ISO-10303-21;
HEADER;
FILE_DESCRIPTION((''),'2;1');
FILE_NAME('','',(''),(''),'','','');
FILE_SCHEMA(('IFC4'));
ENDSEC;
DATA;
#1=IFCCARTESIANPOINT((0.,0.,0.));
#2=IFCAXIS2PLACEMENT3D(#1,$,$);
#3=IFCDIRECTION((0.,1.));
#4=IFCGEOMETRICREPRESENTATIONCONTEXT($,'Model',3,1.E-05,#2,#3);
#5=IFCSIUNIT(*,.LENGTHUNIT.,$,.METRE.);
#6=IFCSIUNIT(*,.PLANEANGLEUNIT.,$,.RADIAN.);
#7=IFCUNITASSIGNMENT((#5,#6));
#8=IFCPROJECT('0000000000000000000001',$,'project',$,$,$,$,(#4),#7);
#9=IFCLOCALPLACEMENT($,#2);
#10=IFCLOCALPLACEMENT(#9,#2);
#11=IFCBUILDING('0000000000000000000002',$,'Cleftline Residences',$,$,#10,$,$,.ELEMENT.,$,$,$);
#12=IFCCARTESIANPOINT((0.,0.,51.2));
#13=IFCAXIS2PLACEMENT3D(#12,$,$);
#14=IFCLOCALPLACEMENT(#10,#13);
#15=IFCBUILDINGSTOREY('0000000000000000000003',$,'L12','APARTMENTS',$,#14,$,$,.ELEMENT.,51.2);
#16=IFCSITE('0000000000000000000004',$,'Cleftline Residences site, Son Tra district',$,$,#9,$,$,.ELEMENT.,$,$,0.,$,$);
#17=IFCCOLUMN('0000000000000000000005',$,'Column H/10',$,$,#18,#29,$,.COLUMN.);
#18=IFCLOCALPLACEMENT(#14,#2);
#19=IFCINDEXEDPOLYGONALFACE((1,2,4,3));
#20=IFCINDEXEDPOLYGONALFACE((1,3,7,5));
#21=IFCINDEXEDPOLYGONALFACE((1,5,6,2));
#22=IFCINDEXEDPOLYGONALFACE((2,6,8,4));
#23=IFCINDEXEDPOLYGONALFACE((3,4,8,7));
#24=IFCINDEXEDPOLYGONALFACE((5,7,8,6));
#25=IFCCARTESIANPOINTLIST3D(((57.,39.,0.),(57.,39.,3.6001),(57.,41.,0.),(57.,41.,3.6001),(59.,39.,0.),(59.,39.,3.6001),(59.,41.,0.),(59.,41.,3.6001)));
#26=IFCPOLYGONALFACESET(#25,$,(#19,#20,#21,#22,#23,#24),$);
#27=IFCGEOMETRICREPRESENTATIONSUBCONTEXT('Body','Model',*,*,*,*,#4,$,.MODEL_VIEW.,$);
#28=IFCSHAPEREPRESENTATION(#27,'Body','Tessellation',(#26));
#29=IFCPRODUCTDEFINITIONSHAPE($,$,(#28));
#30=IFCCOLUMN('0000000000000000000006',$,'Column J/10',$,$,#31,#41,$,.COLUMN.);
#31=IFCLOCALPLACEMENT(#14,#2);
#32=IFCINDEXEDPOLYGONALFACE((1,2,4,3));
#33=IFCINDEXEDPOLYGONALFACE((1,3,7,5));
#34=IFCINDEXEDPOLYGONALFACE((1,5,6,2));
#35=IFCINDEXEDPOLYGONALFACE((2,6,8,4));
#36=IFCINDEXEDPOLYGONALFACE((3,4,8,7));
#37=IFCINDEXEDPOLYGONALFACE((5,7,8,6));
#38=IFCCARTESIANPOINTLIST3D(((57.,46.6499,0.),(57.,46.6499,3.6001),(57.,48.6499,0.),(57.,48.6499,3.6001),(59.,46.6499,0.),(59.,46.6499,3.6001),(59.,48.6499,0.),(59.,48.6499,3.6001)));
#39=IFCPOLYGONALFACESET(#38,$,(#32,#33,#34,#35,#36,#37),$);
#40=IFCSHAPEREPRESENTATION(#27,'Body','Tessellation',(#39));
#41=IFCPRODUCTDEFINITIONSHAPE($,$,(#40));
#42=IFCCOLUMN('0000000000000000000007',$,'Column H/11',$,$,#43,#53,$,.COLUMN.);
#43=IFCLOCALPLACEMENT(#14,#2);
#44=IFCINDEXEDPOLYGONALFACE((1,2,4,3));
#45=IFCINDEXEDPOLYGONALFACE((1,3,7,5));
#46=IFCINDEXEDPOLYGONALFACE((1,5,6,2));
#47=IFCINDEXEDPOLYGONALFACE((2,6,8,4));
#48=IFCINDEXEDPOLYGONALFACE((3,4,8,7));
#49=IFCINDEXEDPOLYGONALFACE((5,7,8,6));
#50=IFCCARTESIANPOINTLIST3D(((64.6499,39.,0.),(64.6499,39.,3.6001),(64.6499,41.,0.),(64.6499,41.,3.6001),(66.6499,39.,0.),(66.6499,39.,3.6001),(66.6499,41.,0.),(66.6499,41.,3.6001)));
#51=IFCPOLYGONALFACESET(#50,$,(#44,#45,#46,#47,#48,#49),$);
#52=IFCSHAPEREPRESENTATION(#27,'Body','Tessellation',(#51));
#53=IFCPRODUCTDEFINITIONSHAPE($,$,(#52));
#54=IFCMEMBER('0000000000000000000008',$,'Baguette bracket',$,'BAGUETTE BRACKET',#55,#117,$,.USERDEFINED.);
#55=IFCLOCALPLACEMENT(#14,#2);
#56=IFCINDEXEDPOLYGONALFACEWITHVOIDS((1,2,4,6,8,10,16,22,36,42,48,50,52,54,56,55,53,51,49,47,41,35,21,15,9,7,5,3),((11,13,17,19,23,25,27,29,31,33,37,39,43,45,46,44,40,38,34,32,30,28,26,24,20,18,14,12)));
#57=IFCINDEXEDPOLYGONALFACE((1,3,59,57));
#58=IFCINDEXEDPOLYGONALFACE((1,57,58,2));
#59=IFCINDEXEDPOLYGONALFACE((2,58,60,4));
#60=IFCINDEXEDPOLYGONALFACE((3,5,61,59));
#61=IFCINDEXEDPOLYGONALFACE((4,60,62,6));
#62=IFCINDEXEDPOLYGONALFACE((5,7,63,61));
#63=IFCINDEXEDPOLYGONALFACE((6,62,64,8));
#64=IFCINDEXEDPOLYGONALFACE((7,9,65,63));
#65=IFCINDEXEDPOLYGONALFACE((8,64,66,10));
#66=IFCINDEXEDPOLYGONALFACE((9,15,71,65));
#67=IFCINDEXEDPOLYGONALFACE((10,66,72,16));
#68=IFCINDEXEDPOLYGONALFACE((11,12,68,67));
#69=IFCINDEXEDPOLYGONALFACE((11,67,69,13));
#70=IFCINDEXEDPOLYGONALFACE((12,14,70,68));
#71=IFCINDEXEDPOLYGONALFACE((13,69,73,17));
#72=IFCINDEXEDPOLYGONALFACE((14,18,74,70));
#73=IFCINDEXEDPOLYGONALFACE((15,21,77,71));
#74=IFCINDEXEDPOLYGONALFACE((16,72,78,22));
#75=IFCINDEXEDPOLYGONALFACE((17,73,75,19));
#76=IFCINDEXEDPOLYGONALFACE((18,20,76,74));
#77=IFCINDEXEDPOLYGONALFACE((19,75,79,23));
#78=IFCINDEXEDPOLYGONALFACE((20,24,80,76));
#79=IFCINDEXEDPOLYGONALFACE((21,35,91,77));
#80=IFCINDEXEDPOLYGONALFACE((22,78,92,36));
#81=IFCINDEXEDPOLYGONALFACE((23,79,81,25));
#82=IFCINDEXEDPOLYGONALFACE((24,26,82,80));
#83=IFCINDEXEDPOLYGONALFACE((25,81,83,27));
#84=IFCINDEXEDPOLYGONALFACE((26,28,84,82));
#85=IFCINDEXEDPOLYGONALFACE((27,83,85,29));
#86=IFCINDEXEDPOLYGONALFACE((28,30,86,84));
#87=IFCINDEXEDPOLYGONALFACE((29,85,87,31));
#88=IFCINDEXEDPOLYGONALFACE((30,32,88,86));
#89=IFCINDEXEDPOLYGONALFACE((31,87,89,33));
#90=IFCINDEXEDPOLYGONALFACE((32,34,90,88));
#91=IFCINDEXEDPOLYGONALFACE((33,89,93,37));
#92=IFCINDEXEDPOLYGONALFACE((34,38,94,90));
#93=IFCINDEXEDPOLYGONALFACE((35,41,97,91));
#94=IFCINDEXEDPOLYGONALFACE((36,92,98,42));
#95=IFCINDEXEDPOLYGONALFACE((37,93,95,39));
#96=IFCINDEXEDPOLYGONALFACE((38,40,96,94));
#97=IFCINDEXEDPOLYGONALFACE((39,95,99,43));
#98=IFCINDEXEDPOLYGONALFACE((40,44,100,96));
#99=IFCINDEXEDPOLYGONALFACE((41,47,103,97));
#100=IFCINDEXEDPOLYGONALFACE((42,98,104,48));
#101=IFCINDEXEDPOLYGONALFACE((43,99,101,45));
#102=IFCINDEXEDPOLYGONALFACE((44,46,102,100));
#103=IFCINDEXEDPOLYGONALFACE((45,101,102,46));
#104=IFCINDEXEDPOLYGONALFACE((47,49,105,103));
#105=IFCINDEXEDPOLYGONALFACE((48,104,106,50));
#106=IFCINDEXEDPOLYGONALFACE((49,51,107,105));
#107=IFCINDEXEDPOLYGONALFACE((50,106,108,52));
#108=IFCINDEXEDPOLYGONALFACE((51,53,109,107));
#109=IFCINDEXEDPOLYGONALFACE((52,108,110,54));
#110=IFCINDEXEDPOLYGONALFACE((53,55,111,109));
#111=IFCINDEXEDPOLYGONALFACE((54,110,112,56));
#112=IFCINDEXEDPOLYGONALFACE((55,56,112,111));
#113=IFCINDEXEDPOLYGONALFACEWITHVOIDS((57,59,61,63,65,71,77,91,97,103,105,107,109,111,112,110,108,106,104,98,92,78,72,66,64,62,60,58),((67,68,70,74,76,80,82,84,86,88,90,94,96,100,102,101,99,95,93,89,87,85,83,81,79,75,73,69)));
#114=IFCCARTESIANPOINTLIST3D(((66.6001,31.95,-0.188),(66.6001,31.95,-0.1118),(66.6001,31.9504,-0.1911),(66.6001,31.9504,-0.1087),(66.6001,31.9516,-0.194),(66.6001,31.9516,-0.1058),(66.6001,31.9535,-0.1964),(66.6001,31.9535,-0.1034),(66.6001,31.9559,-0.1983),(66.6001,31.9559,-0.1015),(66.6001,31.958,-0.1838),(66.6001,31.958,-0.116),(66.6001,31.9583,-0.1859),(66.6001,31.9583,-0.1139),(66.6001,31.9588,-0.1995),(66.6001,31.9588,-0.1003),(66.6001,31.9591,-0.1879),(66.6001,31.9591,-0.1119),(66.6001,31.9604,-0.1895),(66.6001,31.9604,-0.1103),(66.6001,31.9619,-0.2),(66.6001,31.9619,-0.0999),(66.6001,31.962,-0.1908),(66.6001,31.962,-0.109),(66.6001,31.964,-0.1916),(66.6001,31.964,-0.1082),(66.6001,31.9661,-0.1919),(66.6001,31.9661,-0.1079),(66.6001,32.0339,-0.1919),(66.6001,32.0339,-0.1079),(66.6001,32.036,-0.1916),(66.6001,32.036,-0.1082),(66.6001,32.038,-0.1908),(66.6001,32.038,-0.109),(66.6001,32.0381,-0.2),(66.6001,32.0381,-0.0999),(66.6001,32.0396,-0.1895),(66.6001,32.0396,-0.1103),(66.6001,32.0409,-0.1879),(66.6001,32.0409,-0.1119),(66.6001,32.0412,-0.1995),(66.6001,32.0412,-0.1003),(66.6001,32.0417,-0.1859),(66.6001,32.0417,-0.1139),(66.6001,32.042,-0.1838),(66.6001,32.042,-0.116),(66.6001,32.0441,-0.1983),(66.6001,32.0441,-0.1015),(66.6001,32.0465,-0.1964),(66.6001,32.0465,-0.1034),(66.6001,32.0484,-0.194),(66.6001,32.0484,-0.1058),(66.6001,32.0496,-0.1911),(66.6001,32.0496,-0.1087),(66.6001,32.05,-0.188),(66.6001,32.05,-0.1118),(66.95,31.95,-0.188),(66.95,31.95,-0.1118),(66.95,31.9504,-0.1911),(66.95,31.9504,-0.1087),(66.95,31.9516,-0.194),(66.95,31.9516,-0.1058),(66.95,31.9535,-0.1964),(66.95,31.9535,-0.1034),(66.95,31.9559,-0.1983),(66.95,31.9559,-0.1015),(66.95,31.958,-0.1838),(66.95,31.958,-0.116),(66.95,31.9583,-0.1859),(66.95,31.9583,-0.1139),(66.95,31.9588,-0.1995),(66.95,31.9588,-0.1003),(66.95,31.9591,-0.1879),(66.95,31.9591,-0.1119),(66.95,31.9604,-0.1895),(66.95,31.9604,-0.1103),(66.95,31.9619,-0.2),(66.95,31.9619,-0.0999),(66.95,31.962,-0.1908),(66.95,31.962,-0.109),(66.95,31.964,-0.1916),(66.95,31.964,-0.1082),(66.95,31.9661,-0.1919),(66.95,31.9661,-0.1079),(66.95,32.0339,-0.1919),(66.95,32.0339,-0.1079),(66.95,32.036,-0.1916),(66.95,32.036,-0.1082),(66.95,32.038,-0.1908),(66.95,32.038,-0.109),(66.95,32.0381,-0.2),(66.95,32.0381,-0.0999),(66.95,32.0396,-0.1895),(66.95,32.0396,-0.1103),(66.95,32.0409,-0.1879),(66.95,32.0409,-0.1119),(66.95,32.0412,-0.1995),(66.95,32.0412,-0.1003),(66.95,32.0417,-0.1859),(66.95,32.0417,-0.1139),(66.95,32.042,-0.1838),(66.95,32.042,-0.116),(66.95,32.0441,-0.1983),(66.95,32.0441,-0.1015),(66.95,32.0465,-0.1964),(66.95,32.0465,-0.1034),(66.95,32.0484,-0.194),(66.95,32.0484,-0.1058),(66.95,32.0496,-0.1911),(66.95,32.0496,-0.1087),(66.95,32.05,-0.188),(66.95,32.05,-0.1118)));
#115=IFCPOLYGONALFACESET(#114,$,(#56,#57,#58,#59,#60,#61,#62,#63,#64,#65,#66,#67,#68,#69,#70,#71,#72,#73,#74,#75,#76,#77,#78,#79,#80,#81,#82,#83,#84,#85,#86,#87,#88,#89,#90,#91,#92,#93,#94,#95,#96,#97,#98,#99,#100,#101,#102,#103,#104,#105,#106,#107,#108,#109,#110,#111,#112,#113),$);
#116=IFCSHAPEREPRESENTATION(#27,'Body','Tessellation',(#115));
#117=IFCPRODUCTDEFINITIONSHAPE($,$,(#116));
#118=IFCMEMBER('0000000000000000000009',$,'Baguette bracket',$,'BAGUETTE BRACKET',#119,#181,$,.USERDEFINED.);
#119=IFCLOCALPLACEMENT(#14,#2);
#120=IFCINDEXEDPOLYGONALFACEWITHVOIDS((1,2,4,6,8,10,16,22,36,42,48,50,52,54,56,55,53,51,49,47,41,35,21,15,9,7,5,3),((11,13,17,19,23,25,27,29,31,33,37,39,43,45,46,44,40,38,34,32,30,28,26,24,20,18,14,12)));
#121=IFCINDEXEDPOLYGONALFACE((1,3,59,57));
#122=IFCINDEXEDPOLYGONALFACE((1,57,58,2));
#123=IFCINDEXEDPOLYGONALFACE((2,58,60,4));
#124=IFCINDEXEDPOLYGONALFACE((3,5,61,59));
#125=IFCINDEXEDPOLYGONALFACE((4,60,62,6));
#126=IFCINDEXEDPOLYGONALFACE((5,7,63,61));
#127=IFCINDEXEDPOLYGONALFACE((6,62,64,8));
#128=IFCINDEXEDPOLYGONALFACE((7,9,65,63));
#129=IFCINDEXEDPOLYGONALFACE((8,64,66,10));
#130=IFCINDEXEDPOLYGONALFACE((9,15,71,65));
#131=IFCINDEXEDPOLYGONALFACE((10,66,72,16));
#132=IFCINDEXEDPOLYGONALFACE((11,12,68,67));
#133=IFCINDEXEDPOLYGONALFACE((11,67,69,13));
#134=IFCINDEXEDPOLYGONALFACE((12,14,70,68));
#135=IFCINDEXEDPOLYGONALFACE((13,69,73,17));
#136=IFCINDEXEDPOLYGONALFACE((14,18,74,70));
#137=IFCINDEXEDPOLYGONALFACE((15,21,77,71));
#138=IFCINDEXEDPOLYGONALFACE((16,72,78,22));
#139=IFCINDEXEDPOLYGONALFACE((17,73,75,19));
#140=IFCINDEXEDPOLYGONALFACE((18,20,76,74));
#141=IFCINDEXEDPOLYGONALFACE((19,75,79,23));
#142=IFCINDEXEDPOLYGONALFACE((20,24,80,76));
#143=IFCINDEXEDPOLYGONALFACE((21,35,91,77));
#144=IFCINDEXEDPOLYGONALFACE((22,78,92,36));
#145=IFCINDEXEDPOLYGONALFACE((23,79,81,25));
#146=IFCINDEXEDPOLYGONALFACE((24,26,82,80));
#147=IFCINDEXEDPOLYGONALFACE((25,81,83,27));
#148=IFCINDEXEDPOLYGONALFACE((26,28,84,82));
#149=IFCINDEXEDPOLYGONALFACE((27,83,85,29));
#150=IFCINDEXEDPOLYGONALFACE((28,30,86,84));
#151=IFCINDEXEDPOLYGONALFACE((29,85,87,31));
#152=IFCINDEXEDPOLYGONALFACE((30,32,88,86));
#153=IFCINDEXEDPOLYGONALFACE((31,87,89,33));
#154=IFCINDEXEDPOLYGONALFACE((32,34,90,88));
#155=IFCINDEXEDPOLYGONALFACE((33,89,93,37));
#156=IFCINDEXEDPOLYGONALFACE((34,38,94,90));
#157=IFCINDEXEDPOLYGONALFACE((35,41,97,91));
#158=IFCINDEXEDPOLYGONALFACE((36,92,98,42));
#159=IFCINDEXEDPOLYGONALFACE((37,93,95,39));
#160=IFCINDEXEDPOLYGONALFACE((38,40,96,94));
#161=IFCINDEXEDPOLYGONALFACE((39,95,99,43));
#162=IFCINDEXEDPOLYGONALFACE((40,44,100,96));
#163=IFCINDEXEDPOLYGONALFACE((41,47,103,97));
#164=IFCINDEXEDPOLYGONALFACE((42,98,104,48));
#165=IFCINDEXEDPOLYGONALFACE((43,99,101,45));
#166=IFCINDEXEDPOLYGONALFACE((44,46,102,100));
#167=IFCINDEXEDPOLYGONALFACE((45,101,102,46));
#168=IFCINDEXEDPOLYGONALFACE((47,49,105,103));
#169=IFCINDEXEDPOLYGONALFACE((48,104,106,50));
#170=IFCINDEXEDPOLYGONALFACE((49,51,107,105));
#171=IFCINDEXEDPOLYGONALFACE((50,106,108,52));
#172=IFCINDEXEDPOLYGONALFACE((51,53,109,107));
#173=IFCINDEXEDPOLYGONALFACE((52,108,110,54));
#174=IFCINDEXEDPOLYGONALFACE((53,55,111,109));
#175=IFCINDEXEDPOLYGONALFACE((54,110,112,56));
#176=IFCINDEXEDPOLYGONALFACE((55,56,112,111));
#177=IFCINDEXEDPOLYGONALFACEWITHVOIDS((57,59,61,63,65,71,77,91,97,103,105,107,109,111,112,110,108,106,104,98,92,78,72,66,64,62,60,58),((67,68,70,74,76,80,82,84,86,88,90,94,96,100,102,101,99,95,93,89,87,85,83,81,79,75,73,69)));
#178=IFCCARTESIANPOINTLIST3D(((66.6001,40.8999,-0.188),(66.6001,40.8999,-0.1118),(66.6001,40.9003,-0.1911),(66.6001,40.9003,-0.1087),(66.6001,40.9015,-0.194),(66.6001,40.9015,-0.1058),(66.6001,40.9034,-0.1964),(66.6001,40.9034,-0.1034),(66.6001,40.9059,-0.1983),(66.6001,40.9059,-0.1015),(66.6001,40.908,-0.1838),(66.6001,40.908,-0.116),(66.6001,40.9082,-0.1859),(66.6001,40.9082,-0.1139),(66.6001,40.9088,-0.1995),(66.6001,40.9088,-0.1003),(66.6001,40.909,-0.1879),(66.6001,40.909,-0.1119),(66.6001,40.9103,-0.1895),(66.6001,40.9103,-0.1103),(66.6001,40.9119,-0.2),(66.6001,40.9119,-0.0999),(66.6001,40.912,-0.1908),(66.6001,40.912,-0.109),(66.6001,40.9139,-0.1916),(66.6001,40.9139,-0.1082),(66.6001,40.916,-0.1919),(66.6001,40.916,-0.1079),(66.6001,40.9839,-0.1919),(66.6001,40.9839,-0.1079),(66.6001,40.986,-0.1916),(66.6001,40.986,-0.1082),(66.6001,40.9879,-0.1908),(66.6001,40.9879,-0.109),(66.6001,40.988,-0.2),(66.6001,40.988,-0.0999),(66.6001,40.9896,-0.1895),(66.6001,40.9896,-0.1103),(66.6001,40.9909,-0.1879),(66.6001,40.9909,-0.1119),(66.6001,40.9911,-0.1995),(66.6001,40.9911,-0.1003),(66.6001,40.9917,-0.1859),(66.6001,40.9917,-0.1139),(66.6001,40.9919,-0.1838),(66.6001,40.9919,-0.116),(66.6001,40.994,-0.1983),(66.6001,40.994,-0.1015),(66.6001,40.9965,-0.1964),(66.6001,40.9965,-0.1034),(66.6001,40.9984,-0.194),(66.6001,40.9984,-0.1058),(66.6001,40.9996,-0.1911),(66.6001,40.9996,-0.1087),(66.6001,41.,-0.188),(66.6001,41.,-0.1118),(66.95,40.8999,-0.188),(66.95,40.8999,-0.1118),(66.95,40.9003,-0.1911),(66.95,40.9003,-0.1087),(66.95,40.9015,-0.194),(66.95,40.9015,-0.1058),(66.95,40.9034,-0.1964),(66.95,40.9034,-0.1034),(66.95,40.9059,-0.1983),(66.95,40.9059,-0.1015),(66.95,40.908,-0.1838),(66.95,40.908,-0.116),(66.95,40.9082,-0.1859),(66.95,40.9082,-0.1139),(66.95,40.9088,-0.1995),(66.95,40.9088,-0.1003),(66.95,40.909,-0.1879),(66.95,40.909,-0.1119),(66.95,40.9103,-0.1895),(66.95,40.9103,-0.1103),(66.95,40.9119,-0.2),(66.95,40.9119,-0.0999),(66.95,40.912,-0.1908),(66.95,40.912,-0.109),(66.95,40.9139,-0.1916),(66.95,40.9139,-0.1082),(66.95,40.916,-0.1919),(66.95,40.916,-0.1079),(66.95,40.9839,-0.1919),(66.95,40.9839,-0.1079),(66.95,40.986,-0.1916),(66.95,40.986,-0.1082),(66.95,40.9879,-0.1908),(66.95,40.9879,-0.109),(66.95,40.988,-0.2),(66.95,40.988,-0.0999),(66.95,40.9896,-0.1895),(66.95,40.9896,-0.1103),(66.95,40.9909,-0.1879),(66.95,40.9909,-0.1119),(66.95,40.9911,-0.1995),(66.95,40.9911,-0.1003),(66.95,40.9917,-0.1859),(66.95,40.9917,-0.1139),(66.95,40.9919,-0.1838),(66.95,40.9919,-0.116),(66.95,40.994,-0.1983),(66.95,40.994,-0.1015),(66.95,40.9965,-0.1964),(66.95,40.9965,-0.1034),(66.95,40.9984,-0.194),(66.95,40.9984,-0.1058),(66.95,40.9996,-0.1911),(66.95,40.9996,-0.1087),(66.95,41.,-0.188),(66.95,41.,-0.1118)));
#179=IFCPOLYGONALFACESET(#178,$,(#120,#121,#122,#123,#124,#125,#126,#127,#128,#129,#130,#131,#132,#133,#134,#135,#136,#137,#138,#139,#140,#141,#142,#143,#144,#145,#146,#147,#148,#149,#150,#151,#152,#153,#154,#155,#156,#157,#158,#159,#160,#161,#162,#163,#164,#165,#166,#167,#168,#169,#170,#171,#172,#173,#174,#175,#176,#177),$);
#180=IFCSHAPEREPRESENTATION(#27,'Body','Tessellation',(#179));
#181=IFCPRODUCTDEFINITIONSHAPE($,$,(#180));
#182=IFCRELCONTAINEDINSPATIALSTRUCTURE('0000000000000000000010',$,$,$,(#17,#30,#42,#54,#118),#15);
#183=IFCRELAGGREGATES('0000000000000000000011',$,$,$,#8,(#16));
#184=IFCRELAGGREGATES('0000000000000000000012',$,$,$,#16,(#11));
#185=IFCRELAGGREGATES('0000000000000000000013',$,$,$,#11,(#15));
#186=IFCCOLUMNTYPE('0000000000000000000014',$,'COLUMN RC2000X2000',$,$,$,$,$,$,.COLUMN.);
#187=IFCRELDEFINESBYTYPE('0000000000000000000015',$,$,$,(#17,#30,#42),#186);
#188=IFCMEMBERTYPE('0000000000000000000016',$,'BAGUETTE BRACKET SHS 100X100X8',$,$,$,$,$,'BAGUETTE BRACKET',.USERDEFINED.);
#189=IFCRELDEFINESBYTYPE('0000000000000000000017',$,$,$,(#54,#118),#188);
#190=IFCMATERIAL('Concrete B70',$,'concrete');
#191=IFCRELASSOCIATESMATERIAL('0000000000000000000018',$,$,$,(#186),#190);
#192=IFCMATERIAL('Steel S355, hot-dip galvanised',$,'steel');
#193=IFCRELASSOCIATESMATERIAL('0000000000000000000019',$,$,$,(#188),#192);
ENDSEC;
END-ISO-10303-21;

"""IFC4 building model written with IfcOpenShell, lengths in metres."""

from ifc_helpers import new_model, si_unit, direction, frame, origin, origin_2d, place, context, subcontext, project, spatial, rectangle, hollow_rectangle, extrude, material, material_profile, profile_set, type_object, element, save


model = new_model("IFC4")

# Units and contexts
model_context = context("Model", 3, precision=1e-05, world=origin(), true_north=direction((0.0, 1.0)))
body_context = subcontext(model_context, "Body", "Model", "MODEL_VIEW")
ifc_project = project(units=[si_unit("LENGTHUNIT", "METRE"), si_unit("PLANEANGLEUNIT", "RADIAN")], contexts=[model_context])

# Site, building, storey
site_placement = place(None, origin())
site = spatial("IfcSite", under=ifc_project, at=site_placement, Name="Cleftline Residences site, Son Tra district", CompositionType="ELEMENT", RefElevation=0.0)
building_placement = place(site_placement, origin())
building = spatial("IfcBuilding", under=site, at=building_placement, Name="Cleftline Residences", CompositionType="ELEMENT")
storey_placement = place(building_placement, frame((0.0, 0.0, 51.2)))
storey = spatial("IfcBuildingStorey", under=building, at=storey_placement, Name="L12", Description="APARTMENTS", CompositionType="ELEMENT", Elevation=51.2)

# Columns
ifc_material_1 = material(Name="Concrete B70", Category="concrete")
ifc_material_profile_1 = material_profile(ifc_material_1, rectangle(XDim=2.0, YDim=2.0, at=origin_2d()))
ifc_profile_set_1 = profile_set([ifc_material_profile_1], Name="Concrete B70")
column_type = type_object("IfcColumnType", Name="COLUMN RC2000X2000", PredefinedType="COLUMN", material=ifc_profile_set_1)
for number, where, z_axis, x_axis, name in (
    (1, (58.0, 40.0, 0.0), (0.0, 0.0, 1.0), (1.0, 0.0, 0.0), "Column H/10"),
    (2, (58.0, 47.6499, 0.0), (0.0, 0.0, 1.0), (1.0, 0.0, 0.0), "Column J/10"),
    (3, (65.6499, 40.0, 0.0), (0.0, 0.0, 1.0), (1.0, 0.0, 0.0), "Column H/11"),
):
    element("IfcColumn", number, at=place(storey_placement, frame(where, z_axis=z_axis, x_axis=x_axis)), inside=storey, type_object=column_type, Name=name, PredefinedType="COLUMN", context=body_context, shape_type="SweptSolid", body=[
        extrude(rectangle(XDim=2.0, YDim=2.0, at=origin_2d()), origin(), (0.0, 0.0, 1.0), 3.6001),
    ])

# Members
ifc_material_2 = material(Name="Steel S355, hot-dip galvanised", Category="steel")
ifc_material_profile_2 = material_profile(ifc_material_2, hollow_rectangle(XDim=0.1001, YDim=0.1001, WallThickness=0.0081, InnerFilletRadius=0.0081, OuterFilletRadius=0.012, at=origin_2d()))
ifc_profile_set_2 = profile_set([ifc_material_profile_2], Name="Steel S355, hot-dip galvanised")
member_type_1 = type_object("IfcMemberType", Name="BAGUETTE BRACKET SHS 100X100X8", ElementType="BAGUETTE BRACKET", PredefinedType="USERDEFINED", material=ifc_profile_set_2)
for number, where, z_axis, x_axis, name in (
    (4, (66.6001, 32.0, -0.1499), (1.0, 0.0, 0.0), (0.0, 1.0, 0.0), "Baguette bracket"),
    (5, (66.6001, 40.95, -0.1499), (1.0, 0.0, 0.0), (0.0, 1.0, 0.0), "Baguette bracket"),
):
    element("IfcMember", number, at=place(storey_placement, frame(where, z_axis=z_axis, x_axis=x_axis)), inside=storey, type_object=member_type_1, Name=name, ObjectType="BAGUETTE BRACKET", PredefinedType="USERDEFINED", context=body_context, shape_type="SweptSolid", body=[
        extrude(hollow_rectangle(XDim=0.1001, YDim=0.1001, WallThickness=0.0081, InnerFilletRadius=0.0081, OuterFilletRadius=0.012, at=origin_2d()), origin(), (0.0, 0.0, 1.0), 0.3499),
    ])

save(model, "model.ifc")
